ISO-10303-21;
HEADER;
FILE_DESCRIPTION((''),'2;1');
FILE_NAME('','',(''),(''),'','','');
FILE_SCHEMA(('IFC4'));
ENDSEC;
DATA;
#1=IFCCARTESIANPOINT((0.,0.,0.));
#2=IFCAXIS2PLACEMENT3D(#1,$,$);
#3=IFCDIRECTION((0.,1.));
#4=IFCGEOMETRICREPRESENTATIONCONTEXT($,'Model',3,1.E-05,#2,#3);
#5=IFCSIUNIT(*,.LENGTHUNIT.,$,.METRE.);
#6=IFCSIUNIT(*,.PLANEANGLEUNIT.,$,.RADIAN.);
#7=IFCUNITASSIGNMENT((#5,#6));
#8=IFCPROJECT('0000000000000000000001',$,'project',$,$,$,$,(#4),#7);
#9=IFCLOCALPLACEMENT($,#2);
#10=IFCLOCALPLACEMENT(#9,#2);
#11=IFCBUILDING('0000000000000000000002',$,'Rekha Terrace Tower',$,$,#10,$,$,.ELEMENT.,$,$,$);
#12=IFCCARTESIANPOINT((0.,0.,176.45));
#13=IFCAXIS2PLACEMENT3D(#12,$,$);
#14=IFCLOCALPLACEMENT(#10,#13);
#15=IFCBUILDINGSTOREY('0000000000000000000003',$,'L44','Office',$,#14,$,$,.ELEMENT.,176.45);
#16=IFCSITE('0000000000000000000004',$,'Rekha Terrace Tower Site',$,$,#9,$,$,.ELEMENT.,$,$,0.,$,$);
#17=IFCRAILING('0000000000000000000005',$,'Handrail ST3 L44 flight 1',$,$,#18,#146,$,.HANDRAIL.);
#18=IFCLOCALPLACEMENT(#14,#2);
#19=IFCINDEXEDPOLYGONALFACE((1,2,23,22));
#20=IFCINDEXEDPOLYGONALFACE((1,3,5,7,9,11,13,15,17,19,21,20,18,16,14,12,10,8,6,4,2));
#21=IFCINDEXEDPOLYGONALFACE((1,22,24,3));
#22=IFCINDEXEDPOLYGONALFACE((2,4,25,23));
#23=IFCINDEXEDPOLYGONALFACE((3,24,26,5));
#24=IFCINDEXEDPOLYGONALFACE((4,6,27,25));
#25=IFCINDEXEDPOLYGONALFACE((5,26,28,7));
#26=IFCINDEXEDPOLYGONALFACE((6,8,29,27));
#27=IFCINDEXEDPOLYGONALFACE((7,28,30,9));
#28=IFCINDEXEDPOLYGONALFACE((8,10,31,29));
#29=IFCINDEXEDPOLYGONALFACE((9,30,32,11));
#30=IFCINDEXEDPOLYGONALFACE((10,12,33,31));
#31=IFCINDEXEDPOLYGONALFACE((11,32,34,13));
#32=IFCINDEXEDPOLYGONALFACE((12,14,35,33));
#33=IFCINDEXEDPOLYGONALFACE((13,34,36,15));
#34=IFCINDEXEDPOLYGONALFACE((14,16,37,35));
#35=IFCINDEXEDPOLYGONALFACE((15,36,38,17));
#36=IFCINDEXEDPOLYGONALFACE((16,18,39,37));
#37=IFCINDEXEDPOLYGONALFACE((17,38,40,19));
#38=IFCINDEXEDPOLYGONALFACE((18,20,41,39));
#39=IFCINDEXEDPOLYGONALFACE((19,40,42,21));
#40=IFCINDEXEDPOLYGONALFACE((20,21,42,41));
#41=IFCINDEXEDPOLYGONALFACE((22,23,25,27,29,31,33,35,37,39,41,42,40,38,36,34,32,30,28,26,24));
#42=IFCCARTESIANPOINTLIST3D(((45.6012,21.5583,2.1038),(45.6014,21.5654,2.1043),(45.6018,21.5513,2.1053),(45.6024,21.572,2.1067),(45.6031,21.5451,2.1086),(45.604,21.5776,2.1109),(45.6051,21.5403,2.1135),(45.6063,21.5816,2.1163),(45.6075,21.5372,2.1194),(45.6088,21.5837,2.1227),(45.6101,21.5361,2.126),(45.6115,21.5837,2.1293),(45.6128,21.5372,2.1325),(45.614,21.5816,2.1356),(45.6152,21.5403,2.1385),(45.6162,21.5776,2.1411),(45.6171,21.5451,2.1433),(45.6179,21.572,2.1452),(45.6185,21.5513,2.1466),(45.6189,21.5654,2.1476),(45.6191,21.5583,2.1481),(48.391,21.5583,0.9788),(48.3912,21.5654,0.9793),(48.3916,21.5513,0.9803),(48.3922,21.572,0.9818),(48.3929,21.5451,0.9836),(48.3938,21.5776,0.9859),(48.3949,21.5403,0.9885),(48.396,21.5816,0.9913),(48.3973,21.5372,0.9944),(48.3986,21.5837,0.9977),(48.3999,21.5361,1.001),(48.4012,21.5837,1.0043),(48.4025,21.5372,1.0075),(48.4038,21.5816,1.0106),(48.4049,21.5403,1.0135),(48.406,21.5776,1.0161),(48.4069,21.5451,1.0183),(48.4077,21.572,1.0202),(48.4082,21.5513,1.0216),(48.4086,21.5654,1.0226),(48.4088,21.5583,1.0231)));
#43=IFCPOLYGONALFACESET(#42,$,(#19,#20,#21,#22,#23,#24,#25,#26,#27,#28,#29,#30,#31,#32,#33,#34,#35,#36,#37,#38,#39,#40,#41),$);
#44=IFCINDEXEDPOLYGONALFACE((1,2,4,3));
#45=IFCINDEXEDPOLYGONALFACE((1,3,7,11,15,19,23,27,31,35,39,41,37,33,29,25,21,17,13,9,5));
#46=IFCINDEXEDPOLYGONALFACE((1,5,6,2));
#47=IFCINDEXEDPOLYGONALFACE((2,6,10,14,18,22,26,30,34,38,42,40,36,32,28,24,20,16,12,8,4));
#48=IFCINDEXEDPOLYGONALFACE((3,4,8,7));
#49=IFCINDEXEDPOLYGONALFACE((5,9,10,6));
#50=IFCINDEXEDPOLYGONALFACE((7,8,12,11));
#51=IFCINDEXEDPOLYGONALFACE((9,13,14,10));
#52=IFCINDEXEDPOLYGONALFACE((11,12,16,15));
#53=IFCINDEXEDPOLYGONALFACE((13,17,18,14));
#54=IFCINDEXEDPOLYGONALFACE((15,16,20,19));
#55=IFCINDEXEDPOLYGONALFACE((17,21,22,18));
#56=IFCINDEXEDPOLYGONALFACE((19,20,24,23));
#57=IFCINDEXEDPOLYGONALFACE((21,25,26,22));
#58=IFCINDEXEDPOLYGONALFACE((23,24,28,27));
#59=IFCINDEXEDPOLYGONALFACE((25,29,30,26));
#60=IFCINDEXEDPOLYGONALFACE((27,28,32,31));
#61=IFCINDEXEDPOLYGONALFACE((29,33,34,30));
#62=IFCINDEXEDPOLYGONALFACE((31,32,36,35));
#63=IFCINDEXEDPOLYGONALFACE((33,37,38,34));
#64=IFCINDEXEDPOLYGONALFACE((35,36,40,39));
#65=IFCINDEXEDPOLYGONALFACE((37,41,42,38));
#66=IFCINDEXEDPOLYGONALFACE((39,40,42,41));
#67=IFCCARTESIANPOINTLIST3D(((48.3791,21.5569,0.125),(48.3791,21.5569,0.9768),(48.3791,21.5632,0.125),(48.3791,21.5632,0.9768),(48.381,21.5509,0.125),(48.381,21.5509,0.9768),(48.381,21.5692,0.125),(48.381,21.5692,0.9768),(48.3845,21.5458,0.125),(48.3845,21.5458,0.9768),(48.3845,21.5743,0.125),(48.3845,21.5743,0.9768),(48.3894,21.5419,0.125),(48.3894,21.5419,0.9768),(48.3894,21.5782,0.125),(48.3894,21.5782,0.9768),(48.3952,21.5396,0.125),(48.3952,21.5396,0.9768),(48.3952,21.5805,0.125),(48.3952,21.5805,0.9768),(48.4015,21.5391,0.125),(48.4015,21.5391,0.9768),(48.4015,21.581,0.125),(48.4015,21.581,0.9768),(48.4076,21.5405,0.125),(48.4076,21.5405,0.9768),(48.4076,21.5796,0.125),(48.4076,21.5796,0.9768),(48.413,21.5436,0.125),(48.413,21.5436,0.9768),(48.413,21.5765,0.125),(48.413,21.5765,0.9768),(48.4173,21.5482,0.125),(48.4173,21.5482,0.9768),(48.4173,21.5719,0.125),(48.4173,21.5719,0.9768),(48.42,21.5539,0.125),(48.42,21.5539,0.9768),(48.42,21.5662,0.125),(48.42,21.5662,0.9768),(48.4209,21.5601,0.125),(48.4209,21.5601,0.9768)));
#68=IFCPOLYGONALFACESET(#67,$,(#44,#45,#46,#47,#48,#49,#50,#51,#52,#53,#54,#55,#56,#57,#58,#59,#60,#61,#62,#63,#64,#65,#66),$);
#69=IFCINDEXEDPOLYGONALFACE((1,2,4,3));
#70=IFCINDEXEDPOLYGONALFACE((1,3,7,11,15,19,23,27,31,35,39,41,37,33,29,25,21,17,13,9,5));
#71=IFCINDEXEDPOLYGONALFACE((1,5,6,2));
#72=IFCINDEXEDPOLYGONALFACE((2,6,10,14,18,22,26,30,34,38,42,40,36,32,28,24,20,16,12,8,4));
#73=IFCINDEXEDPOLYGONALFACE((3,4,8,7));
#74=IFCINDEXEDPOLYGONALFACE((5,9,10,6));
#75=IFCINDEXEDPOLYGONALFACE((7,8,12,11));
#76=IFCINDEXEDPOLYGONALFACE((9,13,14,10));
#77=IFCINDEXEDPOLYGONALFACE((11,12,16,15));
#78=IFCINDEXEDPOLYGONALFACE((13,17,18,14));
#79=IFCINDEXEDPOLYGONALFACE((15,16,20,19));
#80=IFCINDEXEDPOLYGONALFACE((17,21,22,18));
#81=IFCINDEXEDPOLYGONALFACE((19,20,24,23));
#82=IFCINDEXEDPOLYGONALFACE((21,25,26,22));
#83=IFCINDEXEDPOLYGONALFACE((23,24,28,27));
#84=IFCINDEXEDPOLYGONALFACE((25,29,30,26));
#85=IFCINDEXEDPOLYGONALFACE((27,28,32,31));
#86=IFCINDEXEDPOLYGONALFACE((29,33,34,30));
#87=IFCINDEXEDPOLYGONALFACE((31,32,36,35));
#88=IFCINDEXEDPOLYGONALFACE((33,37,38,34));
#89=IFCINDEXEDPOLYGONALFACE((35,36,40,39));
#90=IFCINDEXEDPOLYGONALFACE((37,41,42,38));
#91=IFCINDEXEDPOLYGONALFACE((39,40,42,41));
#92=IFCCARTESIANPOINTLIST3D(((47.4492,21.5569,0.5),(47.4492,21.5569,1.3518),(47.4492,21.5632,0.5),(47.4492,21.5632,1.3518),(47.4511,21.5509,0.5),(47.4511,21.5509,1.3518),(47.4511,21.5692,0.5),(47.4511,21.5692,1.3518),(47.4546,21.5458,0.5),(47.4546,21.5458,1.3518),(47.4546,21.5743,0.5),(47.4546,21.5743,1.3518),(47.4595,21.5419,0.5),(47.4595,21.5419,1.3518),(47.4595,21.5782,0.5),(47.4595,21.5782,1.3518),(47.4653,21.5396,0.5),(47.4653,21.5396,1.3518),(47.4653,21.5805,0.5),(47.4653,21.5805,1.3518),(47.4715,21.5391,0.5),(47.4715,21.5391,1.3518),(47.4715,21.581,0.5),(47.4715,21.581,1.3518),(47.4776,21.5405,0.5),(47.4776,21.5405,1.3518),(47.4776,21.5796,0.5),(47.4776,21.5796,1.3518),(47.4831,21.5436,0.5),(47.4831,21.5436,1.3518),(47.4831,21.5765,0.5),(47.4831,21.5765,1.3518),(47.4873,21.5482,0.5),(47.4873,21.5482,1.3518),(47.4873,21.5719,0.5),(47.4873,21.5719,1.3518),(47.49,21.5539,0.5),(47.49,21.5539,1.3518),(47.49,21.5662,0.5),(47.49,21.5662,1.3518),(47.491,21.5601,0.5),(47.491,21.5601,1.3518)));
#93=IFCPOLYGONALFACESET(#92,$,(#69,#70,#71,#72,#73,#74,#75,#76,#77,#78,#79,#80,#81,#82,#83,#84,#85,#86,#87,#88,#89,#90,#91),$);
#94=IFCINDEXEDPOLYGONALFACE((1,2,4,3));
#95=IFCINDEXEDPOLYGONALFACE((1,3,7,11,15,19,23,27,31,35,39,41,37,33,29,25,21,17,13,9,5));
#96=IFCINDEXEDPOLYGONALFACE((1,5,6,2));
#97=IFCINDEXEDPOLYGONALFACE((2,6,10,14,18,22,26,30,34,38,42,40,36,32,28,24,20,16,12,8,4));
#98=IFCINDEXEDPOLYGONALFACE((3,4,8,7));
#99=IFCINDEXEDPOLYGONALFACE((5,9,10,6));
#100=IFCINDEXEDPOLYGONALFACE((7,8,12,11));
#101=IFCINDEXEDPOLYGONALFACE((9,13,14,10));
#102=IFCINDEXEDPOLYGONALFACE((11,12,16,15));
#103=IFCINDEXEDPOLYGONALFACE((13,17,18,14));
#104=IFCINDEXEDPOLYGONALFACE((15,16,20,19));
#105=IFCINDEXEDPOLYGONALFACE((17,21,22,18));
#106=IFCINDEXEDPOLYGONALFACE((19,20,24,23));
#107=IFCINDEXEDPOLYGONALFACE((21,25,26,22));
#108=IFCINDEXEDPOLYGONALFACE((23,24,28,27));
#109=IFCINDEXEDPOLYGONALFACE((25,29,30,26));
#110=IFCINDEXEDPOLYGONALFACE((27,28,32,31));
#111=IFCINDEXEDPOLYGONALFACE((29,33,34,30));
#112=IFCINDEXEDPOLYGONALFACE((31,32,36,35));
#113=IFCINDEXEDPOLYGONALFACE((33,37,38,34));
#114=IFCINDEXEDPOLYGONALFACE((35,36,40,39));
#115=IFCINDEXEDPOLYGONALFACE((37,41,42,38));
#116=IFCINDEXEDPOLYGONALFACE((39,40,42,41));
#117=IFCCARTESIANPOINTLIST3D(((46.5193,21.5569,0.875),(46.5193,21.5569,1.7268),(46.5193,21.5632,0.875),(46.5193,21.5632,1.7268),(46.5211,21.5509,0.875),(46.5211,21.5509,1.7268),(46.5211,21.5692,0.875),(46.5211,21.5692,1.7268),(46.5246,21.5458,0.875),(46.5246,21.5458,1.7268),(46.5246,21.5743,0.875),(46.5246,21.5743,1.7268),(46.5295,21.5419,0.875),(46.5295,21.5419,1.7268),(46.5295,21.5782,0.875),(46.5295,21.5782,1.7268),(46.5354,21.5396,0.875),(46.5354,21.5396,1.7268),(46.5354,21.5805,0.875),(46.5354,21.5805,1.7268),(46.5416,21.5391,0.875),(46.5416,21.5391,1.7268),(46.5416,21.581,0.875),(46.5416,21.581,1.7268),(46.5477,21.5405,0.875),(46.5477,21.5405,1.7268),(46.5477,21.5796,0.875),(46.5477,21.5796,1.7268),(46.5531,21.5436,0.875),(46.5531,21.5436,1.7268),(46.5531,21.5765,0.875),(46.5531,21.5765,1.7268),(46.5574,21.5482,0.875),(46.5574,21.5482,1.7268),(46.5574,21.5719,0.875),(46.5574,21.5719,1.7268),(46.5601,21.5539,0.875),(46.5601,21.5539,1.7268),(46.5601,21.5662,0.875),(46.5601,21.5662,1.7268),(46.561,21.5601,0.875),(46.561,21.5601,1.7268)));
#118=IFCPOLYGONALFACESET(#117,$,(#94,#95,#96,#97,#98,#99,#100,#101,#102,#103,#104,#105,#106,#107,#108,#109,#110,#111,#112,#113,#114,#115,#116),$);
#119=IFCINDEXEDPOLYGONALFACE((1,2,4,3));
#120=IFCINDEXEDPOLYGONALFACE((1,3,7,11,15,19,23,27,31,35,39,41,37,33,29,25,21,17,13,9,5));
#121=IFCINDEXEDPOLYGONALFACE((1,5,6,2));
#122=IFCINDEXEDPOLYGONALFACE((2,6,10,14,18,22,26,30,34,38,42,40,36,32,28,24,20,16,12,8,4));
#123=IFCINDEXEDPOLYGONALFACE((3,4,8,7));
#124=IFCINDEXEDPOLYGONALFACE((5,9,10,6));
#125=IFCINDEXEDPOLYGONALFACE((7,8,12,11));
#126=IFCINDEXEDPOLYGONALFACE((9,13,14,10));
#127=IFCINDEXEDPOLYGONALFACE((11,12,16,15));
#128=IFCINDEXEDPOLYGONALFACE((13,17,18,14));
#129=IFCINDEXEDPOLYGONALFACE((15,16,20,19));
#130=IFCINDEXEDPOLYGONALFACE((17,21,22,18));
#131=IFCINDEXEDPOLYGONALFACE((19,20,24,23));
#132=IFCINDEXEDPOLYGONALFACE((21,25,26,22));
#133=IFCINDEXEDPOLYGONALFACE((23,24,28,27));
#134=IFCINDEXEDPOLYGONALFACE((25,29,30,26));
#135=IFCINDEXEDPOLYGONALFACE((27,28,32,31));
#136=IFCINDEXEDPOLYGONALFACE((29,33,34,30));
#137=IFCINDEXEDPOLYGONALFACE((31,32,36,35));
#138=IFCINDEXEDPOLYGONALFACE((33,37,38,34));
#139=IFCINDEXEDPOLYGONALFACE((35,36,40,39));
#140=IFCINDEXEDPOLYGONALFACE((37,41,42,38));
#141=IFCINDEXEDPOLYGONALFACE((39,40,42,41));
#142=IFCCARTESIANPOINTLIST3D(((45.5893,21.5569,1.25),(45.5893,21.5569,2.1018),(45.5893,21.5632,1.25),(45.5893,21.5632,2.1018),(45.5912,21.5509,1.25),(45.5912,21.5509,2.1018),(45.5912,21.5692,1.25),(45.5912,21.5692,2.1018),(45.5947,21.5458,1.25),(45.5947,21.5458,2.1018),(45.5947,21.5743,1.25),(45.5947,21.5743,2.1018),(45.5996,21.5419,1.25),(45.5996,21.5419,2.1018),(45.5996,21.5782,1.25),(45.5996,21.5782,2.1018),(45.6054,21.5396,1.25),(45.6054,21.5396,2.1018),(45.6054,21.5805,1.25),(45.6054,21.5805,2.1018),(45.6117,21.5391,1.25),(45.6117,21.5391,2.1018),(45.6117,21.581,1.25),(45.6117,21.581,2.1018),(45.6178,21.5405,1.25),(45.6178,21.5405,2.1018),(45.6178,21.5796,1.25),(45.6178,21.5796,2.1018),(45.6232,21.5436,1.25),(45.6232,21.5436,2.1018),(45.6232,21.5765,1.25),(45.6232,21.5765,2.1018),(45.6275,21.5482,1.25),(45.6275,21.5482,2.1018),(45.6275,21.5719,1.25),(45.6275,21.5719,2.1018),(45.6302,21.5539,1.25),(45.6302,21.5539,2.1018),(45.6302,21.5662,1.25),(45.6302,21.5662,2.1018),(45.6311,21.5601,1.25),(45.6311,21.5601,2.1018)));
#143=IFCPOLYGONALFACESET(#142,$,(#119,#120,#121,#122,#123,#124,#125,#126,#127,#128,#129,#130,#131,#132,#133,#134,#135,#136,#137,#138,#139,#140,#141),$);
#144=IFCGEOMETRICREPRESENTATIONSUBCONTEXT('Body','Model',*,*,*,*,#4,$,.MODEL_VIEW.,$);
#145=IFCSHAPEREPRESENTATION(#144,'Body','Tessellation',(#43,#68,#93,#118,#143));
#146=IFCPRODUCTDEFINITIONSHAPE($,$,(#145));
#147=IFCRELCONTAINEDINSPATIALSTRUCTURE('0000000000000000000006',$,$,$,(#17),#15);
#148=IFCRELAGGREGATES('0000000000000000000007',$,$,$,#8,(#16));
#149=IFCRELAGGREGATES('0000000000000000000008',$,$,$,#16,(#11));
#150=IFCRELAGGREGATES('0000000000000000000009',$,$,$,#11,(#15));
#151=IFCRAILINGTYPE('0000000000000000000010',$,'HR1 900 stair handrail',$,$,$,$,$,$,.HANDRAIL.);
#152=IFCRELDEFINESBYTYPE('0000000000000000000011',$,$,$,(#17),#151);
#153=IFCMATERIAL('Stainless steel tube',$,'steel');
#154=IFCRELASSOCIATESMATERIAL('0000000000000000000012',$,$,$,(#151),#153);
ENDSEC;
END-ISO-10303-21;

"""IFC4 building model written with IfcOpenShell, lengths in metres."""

from ifc_helpers import new_model, si_unit, direction, frame, origin, origin_2d, place, context, subcontext, project, spatial, circle, extrude, material, type_object, element, save


model = new_model("IFC4")

# Units and contexts
model_context = context("Model", 3, precision=1e-05, world=origin(), true_north=direction((0.0, 1.0)))
body_context = subcontext(model_context, "Body", "Model", "MODEL_VIEW")
ifc_project = project(units=[si_unit("LENGTHUNIT", "METRE"), si_unit("PLANEANGLEUNIT", "RADIAN")], contexts=[model_context])

# Site, building, storey
site_placement = place(None, origin())
site = spatial("IfcSite", under=ifc_project, at=site_placement, Name="Rekha Terrace Tower Site", CompositionType="ELEMENT", RefElevation=0.0)
building_placement = place(site_placement, origin())
building = spatial("IfcBuilding", under=site, at=building_placement, Name="Rekha Terrace Tower", CompositionType="ELEMENT")
storey_placement = place(building_placement, frame((0.0, 0.0, 176.45)))
storey = spatial("IfcBuildingStorey", under=building, at=storey_placement, Name="L44", Description="Office", CompositionType="ELEMENT", Elevation=176.45)

# Railing
ifc_material_1 = material(Name="Stainless steel tube", Category="steel")
railing_type_1 = type_object("IfcRailingType", Name="HR1 900 stair handrail", PredefinedType="HANDRAIL", material=ifc_material_1)
railing_1_placement = place(storey_placement, frame((48.3999, 21.5601, 0.125)))
element("IfcRailing", 1, at=railing_1_placement, inside=storey, type_object=railing_type_1, Name="Handrail ST3 L44 flight 1", PredefinedType="HANDRAIL", context=body_context, shape_type="SweptSolid", body=[
    extrude(circle(Radius=0.0239, at=origin_2d()), frame((0.0, 0.0, 0.876), z_axis=(-0.927432, 0.0, 0.373992), x_axis=(0.0, -1.0, 0.0)), (0.0, 0.0, 1.0), 3.0081),
    extrude(circle(Radius=0.021, at=origin_2d()), origin(), (0.0, 0.0, 1.0), 0.8518),
    extrude(circle(Radius=0.021, at=origin_2d()), frame((-0.9299, 0.0, 0.375)), (0.0, 0.0, 1.0), 0.8518),
    extrude(circle(Radius=0.021, at=origin_2d()), frame((-1.8599, 0.0, 0.75)), (0.0, 0.0, 1.0), 0.8518),
    extrude(circle(Radius=0.021, at=origin_2d()), frame((-2.7898, 0.0, 1.125)), (0.0, 0.0, 1.0), 0.8518),
])

save(model, "model.ifc")
